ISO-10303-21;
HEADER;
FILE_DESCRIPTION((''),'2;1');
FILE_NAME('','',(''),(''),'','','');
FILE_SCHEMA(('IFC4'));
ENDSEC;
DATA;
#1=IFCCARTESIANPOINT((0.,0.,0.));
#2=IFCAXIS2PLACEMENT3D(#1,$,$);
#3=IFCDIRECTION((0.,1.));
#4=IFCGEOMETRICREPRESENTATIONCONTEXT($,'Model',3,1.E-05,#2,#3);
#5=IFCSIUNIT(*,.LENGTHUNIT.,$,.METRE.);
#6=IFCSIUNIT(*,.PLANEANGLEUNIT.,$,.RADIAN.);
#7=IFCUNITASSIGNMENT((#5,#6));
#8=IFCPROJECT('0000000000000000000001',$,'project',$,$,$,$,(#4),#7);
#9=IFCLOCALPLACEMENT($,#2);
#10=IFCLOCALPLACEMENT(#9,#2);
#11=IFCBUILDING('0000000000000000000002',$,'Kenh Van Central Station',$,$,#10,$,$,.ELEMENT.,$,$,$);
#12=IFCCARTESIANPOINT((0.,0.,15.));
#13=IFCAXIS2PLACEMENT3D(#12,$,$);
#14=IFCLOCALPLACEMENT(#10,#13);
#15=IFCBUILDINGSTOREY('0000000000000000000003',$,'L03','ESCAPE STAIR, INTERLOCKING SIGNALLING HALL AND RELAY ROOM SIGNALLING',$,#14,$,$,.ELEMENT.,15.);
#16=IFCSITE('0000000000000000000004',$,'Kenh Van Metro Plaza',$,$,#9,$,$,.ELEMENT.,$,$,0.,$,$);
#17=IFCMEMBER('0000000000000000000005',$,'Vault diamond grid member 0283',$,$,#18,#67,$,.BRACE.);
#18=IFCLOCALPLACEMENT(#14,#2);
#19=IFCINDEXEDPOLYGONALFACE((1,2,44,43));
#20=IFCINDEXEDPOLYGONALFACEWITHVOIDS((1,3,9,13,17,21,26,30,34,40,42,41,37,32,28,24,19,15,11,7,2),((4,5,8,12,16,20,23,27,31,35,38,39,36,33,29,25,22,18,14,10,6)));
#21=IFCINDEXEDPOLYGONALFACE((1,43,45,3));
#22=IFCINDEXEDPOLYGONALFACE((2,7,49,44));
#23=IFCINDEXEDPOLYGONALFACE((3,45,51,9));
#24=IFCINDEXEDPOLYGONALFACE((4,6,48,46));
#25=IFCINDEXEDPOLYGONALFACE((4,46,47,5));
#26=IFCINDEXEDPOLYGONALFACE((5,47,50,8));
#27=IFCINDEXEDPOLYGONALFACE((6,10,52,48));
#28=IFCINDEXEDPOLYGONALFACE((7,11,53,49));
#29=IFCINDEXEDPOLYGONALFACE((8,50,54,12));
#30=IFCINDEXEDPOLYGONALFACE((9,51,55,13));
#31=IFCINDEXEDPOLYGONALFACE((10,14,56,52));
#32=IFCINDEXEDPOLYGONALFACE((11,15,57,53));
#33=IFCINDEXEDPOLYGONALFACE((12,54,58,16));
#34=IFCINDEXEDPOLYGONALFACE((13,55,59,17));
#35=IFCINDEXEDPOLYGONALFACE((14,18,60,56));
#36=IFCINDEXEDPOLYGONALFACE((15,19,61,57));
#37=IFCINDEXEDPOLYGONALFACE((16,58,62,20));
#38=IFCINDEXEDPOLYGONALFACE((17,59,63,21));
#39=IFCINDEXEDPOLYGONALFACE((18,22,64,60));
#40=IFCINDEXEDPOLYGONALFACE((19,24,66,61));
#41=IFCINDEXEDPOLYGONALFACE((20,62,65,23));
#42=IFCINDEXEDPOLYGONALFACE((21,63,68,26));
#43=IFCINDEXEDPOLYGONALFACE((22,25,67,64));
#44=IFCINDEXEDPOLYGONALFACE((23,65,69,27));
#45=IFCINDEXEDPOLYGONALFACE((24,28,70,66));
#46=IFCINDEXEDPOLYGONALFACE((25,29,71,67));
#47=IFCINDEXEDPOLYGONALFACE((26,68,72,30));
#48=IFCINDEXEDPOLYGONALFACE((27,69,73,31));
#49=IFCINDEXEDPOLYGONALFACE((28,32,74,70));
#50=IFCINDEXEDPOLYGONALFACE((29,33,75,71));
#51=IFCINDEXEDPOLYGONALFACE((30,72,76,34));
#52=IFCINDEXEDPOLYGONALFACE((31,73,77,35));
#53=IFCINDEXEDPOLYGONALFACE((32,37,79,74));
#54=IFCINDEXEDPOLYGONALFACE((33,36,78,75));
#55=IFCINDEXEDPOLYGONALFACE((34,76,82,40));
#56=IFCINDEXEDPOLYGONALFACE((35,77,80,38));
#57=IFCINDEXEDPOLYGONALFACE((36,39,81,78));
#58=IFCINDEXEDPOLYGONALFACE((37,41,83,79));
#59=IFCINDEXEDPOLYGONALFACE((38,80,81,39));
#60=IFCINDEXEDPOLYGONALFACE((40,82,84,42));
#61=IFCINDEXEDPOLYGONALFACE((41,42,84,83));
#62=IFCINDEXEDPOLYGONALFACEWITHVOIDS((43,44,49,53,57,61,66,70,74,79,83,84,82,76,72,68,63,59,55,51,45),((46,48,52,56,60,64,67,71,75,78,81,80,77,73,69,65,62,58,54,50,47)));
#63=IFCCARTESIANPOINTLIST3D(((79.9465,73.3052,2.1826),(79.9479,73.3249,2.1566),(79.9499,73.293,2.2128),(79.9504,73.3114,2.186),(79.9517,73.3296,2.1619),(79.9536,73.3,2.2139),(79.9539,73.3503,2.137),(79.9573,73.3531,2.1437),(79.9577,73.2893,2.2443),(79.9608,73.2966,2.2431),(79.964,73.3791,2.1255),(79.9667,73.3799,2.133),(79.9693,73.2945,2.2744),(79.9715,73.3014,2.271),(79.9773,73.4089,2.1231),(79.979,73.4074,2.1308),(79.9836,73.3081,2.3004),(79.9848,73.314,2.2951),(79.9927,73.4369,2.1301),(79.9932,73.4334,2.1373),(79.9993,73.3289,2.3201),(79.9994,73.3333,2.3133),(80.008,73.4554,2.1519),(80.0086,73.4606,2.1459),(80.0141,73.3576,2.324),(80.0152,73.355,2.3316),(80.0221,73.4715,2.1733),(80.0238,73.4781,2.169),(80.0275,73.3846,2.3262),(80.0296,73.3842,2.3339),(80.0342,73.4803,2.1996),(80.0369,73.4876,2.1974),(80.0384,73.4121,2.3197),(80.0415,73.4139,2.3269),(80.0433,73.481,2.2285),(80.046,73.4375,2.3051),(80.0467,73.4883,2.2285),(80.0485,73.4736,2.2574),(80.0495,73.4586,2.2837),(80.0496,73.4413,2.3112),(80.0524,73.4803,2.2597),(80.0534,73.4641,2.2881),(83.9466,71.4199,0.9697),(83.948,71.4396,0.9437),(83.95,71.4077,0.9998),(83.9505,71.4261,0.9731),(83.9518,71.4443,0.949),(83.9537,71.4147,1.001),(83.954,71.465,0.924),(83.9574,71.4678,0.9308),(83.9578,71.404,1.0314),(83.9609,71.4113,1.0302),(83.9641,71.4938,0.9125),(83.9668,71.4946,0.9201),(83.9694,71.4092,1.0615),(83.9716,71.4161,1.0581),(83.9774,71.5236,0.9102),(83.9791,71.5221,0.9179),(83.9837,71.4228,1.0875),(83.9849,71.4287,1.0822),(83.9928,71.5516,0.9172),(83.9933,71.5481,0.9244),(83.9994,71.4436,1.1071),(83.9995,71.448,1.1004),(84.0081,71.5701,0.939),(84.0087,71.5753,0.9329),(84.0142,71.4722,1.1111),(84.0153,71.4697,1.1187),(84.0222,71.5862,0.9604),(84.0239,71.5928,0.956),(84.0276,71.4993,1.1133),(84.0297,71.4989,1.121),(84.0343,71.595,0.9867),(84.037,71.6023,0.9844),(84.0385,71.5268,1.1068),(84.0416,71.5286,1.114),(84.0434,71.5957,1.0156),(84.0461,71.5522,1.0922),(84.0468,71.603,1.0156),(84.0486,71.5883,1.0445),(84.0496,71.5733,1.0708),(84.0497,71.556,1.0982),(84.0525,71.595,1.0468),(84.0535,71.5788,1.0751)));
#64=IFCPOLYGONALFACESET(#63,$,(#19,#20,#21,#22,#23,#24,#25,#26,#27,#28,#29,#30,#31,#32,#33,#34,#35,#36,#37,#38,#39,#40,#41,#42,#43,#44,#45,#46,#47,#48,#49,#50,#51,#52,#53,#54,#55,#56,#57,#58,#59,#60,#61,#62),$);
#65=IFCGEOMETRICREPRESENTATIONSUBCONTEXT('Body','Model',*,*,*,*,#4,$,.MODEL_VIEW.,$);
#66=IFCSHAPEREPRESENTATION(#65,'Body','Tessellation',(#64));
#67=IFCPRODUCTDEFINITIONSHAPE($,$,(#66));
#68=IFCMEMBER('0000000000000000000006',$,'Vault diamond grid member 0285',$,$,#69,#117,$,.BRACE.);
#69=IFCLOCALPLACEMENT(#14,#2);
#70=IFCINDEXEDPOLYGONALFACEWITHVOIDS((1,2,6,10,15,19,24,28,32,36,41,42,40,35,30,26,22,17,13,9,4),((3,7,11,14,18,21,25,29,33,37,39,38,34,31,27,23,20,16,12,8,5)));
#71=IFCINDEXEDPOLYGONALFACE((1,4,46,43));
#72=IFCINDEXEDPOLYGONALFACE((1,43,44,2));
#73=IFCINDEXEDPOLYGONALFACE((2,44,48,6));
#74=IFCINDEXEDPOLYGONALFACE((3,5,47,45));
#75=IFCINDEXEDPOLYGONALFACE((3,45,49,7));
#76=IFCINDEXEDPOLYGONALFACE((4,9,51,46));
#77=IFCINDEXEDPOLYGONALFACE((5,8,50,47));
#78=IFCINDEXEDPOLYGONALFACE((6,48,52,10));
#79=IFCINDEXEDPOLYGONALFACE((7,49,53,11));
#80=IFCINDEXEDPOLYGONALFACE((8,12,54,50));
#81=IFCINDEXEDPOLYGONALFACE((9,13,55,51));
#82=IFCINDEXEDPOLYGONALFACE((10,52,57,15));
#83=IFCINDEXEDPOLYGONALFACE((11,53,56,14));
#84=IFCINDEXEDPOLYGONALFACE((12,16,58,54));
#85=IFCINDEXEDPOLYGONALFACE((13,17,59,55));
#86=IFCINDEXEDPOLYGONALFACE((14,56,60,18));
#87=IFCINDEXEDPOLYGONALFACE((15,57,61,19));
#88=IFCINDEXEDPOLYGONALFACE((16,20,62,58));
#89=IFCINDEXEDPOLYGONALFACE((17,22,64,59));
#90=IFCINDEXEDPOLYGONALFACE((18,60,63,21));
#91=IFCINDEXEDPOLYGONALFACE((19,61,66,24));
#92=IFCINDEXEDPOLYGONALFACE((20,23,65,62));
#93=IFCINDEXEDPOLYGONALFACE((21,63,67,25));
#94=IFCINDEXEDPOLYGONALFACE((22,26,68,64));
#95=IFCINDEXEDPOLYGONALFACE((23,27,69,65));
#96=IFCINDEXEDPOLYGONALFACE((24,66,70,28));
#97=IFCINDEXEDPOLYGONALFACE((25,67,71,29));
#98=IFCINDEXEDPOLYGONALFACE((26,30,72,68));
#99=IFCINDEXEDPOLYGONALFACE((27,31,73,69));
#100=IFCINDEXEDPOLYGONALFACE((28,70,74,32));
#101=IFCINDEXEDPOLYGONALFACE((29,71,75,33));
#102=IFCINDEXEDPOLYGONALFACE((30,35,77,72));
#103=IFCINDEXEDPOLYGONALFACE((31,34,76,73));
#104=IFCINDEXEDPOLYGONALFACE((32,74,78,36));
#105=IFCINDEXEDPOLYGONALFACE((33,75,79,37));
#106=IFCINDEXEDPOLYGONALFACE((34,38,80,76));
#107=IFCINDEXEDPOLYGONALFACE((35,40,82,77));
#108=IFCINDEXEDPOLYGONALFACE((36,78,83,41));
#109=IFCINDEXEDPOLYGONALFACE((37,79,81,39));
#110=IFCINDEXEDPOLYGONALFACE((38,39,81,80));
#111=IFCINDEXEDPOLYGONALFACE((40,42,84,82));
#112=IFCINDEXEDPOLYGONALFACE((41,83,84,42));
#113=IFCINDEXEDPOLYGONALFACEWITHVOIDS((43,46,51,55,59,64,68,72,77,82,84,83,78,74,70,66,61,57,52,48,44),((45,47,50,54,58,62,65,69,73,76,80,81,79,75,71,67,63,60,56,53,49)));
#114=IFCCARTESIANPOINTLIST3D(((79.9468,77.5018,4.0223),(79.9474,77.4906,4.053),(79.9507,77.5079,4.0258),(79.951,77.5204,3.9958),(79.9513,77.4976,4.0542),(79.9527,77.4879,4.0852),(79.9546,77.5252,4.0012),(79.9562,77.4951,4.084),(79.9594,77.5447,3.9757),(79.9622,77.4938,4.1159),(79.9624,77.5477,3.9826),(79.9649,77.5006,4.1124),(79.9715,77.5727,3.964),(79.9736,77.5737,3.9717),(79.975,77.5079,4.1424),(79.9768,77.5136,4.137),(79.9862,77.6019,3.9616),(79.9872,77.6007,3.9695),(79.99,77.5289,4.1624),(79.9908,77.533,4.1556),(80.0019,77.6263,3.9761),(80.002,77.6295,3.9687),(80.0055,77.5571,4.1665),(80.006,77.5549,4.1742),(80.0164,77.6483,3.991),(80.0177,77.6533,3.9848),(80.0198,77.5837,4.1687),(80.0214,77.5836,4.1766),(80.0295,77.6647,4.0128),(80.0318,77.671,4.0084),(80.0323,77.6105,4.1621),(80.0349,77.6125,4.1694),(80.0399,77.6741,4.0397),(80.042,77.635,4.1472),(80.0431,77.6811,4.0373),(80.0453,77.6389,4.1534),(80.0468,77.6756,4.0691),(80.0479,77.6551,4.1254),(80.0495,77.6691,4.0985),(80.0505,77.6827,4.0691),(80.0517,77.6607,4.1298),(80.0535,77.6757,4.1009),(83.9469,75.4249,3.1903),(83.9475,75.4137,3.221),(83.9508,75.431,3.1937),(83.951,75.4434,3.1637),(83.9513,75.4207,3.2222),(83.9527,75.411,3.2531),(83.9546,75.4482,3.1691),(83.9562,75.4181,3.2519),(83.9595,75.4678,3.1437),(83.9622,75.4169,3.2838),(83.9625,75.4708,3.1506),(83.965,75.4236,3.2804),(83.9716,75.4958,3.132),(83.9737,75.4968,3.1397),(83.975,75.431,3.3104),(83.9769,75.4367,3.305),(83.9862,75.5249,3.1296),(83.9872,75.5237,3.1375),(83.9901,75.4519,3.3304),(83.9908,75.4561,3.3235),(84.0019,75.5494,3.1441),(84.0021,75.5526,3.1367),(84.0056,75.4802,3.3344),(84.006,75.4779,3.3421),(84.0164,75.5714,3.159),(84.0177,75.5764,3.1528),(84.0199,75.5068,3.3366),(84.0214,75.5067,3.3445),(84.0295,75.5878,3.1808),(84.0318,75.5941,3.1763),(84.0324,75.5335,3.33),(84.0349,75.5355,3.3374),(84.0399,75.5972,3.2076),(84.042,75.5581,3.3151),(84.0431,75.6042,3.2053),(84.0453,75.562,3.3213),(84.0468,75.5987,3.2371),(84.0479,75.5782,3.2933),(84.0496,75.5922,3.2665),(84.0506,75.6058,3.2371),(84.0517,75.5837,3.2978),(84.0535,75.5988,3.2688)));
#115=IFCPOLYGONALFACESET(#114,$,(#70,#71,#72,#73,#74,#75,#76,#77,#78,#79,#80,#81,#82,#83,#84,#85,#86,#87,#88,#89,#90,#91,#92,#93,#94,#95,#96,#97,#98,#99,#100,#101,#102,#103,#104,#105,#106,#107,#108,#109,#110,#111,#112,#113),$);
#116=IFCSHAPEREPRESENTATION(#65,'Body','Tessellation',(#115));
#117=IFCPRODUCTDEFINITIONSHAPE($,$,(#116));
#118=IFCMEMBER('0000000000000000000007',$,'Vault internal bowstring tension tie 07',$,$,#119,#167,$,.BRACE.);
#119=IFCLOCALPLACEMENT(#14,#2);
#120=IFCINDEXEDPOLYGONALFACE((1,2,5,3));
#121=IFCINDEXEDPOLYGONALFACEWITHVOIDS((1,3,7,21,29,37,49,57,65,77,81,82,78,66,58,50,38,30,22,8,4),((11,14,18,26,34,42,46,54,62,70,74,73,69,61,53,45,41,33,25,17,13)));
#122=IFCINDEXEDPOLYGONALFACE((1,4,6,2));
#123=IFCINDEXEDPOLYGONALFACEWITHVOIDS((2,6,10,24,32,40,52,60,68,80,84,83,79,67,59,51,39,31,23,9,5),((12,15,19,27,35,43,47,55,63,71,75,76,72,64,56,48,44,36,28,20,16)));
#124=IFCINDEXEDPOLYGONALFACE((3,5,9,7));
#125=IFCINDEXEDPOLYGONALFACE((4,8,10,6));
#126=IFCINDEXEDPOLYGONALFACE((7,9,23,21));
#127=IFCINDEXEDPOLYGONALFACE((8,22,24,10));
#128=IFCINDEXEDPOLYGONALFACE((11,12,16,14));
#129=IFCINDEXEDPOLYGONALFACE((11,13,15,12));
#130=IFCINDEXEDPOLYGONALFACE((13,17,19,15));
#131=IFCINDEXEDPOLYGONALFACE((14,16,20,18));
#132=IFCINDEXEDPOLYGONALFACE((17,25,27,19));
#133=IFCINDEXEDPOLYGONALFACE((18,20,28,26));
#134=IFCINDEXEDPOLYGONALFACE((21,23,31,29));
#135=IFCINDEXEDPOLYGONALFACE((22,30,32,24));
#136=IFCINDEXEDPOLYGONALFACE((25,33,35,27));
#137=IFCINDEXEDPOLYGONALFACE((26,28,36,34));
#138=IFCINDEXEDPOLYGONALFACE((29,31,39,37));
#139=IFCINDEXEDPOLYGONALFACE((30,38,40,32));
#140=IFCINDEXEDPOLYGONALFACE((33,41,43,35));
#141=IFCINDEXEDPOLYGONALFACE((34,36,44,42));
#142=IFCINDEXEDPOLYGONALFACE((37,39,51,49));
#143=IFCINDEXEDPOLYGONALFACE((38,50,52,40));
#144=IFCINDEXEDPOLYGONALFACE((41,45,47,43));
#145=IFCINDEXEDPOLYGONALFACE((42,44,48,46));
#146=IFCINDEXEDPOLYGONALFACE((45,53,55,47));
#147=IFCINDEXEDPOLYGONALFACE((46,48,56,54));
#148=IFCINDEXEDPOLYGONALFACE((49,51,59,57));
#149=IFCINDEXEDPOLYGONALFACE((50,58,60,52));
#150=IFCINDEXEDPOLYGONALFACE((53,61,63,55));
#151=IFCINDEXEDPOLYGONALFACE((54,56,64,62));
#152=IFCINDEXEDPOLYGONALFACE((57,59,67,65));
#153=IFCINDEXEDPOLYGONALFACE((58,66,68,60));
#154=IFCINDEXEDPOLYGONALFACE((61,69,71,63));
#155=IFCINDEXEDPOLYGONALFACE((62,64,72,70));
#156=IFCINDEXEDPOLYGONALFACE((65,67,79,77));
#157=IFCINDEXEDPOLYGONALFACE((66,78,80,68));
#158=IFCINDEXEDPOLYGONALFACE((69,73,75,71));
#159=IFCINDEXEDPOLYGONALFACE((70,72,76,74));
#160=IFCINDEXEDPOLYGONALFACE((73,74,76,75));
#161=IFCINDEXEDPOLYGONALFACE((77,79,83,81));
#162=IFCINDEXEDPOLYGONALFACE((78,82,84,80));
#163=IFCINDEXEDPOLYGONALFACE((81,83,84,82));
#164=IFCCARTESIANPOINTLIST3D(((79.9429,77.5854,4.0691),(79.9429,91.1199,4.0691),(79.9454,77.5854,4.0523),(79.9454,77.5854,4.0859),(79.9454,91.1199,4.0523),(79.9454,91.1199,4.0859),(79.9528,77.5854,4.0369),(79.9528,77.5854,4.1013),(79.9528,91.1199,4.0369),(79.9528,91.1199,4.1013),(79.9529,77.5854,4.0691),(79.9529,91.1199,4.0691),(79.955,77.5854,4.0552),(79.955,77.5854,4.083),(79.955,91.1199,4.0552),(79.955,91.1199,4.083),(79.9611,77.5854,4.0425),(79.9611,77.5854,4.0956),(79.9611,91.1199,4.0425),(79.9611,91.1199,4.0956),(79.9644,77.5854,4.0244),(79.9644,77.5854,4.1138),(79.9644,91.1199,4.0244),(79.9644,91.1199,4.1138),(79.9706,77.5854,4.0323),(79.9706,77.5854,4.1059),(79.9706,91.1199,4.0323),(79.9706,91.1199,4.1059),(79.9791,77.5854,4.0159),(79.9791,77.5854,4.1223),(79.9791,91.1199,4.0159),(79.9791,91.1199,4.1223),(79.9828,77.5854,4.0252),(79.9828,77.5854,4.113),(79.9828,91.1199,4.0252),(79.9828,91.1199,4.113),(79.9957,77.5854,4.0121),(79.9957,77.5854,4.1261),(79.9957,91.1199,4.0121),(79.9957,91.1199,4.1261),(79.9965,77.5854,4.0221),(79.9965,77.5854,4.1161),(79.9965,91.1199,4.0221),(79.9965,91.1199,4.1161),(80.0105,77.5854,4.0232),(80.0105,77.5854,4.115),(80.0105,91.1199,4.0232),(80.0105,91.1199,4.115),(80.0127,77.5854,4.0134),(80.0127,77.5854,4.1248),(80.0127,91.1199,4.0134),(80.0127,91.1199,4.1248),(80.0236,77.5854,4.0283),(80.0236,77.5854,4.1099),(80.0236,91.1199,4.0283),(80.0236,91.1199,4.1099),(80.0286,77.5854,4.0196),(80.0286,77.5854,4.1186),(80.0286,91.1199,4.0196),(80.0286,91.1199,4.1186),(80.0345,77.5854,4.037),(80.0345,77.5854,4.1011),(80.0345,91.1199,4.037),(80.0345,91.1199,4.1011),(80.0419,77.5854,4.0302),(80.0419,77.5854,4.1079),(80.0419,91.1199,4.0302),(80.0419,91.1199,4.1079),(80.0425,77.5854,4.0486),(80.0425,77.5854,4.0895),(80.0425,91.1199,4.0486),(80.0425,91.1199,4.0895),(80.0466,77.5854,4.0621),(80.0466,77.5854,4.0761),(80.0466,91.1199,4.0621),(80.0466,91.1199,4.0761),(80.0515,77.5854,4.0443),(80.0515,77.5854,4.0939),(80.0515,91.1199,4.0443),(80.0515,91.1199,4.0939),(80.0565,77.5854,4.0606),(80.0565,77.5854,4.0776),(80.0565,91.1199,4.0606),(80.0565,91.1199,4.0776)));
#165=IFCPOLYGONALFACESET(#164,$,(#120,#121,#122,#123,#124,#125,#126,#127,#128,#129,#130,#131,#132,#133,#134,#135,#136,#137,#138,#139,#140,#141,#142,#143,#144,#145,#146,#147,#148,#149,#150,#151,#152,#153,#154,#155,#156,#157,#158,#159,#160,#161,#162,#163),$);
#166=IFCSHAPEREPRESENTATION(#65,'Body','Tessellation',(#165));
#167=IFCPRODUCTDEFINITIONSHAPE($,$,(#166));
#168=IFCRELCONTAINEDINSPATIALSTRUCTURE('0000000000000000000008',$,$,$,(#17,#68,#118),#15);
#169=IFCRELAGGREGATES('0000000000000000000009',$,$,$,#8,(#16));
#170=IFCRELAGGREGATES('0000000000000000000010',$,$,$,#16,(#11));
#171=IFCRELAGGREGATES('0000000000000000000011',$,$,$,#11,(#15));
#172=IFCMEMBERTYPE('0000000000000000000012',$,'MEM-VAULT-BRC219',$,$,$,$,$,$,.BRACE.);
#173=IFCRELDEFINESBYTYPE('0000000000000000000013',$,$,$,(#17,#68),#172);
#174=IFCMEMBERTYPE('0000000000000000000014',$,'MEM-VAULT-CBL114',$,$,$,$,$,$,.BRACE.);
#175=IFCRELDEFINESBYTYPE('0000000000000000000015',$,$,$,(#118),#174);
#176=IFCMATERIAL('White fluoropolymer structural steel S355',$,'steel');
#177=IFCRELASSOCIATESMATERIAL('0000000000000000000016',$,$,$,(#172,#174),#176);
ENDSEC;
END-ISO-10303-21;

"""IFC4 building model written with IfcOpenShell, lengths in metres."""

from ifc_helpers import new_model, si_unit, direction, frame, origin, origin_2d, place, context, subcontext, project, spatial, hollow_circle, extrude, material, material_profile, profile_set, type_object, element, save


model = new_model("IFC4")

# Units and contexts
model_context = context("Model", 3, precision=1e-05, world=origin(), true_north=direction((0.0, 1.0)))
body_context = subcontext(model_context, "Body", "Model", "MODEL_VIEW")
ifc_project = project(units=[si_unit("LENGTHUNIT", "METRE"), si_unit("PLANEANGLEUNIT", "RADIAN")], contexts=[model_context])

# Site, building, storey
site_placement = place(None, origin())
site = spatial("IfcSite", under=ifc_project, at=site_placement, Name="Kenh Van Metro Plaza", CompositionType="ELEMENT", RefElevation=0.0)
building_placement = place(site_placement, origin())
building = spatial("IfcBuilding", under=site, at=building_placement, Name="Kenh Van Central Station", CompositionType="ELEMENT")
storey_placement = place(building_placement, frame((0.0, 0.0, 15.0)))
storey = spatial("IfcBuildingStorey", under=building, at=storey_placement, Name="L03", Description="ESCAPE STAIR, INTERLOCKING SIGNALLING HALL AND RELAY ROOM SIGNALLING", CompositionType="ELEMENT", Elevation=15.0)

# Shared definitions
ifc_material_1 = material(Name="White fluoropolymer structural steel S355", Category="steel")

# Members
ifc_material_profile_1 = material_profile(ifc_material_1, hollow_circle(Radius=0.1096, WallThickness=0.0081, at=origin_2d()), Name="CHS 219.1x8")
ifc_profile_set_1 = profile_set([ifc_material_profile_1], Name="White fluoropolymer structural steel S355")
member_type_1 = type_object("IfcMemberType", Name="MEM-VAULT-BRC219", PredefinedType="BRACE", material=ifc_profile_set_1)
member_1_placement = place(storey_placement, frame((80.0, 73.3892, 2.2285), z_axis=(0.872347, -0.411149, -0.264515), x_axis=(0.426334, 0.904566, 0.0)))
element("IfcMember", 1, at=member_1_placement, inside=storey, type_object=member_type_1, Name="Vault diamond grid member 0283", PredefinedType="BRACE", context=body_context, shape_type="SweptSolid", body=[
    extrude(hollow_circle(Radius=0.1096, WallThickness=0.0081, at=origin_2d()), origin(), (0.0, 0.0, 1.0), 4.5854),
])
member_2_placement = place(storey_placement, frame((80.0, 77.5854, 4.0691), z_axis=(0.872751, -0.453155, -0.181539), x_axis=(0.460812, 0.887498, 0.0)))
element("IfcMember", 2, at=member_2_placement, inside=storey, type_object=member_type_1, Name="Vault diamond grid member 0285", PredefinedType="BRACE", context=body_context, shape_type="SweptSolid", body=[
    extrude(hollow_circle(Radius=0.1096, WallThickness=0.0081, at=origin_2d()), origin(), (0.0, 0.0, 1.0), 4.5833),
])
ifc_material_profile_2 = material_profile(ifc_material_1, hollow_circle(Radius=0.0571, WallThickness=0.01, at=origin_2d()), Name="CHS 114.3x10")
ifc_profile_set_2 = profile_set([ifc_material_profile_2], Name="White fluoropolymer structural steel S355")
member_type_2 = type_object("IfcMemberType", Name="MEM-VAULT-CBL114", PredefinedType="BRACE", material=ifc_profile_set_2)
member_3_placement = place(storey_placement, frame((80.0, 77.5854, 4.0691), z_axis=(0.0, 1.0, 0.0), x_axis=(-1.0, 0.0, 0.0)))
element("IfcMember", 3, at=member_3_placement, inside=storey, type_object=member_type_2, Name="Vault internal bowstring tension tie 07", PredefinedType="BRACE", context=body_context, shape_type="SweptSolid", body=[
    extrude(hollow_circle(Radius=0.0571, WallThickness=0.01, at=origin_2d()), origin(), (0.0, 0.0, 1.0), 13.5344),
])

save(model, "model.ifc")
